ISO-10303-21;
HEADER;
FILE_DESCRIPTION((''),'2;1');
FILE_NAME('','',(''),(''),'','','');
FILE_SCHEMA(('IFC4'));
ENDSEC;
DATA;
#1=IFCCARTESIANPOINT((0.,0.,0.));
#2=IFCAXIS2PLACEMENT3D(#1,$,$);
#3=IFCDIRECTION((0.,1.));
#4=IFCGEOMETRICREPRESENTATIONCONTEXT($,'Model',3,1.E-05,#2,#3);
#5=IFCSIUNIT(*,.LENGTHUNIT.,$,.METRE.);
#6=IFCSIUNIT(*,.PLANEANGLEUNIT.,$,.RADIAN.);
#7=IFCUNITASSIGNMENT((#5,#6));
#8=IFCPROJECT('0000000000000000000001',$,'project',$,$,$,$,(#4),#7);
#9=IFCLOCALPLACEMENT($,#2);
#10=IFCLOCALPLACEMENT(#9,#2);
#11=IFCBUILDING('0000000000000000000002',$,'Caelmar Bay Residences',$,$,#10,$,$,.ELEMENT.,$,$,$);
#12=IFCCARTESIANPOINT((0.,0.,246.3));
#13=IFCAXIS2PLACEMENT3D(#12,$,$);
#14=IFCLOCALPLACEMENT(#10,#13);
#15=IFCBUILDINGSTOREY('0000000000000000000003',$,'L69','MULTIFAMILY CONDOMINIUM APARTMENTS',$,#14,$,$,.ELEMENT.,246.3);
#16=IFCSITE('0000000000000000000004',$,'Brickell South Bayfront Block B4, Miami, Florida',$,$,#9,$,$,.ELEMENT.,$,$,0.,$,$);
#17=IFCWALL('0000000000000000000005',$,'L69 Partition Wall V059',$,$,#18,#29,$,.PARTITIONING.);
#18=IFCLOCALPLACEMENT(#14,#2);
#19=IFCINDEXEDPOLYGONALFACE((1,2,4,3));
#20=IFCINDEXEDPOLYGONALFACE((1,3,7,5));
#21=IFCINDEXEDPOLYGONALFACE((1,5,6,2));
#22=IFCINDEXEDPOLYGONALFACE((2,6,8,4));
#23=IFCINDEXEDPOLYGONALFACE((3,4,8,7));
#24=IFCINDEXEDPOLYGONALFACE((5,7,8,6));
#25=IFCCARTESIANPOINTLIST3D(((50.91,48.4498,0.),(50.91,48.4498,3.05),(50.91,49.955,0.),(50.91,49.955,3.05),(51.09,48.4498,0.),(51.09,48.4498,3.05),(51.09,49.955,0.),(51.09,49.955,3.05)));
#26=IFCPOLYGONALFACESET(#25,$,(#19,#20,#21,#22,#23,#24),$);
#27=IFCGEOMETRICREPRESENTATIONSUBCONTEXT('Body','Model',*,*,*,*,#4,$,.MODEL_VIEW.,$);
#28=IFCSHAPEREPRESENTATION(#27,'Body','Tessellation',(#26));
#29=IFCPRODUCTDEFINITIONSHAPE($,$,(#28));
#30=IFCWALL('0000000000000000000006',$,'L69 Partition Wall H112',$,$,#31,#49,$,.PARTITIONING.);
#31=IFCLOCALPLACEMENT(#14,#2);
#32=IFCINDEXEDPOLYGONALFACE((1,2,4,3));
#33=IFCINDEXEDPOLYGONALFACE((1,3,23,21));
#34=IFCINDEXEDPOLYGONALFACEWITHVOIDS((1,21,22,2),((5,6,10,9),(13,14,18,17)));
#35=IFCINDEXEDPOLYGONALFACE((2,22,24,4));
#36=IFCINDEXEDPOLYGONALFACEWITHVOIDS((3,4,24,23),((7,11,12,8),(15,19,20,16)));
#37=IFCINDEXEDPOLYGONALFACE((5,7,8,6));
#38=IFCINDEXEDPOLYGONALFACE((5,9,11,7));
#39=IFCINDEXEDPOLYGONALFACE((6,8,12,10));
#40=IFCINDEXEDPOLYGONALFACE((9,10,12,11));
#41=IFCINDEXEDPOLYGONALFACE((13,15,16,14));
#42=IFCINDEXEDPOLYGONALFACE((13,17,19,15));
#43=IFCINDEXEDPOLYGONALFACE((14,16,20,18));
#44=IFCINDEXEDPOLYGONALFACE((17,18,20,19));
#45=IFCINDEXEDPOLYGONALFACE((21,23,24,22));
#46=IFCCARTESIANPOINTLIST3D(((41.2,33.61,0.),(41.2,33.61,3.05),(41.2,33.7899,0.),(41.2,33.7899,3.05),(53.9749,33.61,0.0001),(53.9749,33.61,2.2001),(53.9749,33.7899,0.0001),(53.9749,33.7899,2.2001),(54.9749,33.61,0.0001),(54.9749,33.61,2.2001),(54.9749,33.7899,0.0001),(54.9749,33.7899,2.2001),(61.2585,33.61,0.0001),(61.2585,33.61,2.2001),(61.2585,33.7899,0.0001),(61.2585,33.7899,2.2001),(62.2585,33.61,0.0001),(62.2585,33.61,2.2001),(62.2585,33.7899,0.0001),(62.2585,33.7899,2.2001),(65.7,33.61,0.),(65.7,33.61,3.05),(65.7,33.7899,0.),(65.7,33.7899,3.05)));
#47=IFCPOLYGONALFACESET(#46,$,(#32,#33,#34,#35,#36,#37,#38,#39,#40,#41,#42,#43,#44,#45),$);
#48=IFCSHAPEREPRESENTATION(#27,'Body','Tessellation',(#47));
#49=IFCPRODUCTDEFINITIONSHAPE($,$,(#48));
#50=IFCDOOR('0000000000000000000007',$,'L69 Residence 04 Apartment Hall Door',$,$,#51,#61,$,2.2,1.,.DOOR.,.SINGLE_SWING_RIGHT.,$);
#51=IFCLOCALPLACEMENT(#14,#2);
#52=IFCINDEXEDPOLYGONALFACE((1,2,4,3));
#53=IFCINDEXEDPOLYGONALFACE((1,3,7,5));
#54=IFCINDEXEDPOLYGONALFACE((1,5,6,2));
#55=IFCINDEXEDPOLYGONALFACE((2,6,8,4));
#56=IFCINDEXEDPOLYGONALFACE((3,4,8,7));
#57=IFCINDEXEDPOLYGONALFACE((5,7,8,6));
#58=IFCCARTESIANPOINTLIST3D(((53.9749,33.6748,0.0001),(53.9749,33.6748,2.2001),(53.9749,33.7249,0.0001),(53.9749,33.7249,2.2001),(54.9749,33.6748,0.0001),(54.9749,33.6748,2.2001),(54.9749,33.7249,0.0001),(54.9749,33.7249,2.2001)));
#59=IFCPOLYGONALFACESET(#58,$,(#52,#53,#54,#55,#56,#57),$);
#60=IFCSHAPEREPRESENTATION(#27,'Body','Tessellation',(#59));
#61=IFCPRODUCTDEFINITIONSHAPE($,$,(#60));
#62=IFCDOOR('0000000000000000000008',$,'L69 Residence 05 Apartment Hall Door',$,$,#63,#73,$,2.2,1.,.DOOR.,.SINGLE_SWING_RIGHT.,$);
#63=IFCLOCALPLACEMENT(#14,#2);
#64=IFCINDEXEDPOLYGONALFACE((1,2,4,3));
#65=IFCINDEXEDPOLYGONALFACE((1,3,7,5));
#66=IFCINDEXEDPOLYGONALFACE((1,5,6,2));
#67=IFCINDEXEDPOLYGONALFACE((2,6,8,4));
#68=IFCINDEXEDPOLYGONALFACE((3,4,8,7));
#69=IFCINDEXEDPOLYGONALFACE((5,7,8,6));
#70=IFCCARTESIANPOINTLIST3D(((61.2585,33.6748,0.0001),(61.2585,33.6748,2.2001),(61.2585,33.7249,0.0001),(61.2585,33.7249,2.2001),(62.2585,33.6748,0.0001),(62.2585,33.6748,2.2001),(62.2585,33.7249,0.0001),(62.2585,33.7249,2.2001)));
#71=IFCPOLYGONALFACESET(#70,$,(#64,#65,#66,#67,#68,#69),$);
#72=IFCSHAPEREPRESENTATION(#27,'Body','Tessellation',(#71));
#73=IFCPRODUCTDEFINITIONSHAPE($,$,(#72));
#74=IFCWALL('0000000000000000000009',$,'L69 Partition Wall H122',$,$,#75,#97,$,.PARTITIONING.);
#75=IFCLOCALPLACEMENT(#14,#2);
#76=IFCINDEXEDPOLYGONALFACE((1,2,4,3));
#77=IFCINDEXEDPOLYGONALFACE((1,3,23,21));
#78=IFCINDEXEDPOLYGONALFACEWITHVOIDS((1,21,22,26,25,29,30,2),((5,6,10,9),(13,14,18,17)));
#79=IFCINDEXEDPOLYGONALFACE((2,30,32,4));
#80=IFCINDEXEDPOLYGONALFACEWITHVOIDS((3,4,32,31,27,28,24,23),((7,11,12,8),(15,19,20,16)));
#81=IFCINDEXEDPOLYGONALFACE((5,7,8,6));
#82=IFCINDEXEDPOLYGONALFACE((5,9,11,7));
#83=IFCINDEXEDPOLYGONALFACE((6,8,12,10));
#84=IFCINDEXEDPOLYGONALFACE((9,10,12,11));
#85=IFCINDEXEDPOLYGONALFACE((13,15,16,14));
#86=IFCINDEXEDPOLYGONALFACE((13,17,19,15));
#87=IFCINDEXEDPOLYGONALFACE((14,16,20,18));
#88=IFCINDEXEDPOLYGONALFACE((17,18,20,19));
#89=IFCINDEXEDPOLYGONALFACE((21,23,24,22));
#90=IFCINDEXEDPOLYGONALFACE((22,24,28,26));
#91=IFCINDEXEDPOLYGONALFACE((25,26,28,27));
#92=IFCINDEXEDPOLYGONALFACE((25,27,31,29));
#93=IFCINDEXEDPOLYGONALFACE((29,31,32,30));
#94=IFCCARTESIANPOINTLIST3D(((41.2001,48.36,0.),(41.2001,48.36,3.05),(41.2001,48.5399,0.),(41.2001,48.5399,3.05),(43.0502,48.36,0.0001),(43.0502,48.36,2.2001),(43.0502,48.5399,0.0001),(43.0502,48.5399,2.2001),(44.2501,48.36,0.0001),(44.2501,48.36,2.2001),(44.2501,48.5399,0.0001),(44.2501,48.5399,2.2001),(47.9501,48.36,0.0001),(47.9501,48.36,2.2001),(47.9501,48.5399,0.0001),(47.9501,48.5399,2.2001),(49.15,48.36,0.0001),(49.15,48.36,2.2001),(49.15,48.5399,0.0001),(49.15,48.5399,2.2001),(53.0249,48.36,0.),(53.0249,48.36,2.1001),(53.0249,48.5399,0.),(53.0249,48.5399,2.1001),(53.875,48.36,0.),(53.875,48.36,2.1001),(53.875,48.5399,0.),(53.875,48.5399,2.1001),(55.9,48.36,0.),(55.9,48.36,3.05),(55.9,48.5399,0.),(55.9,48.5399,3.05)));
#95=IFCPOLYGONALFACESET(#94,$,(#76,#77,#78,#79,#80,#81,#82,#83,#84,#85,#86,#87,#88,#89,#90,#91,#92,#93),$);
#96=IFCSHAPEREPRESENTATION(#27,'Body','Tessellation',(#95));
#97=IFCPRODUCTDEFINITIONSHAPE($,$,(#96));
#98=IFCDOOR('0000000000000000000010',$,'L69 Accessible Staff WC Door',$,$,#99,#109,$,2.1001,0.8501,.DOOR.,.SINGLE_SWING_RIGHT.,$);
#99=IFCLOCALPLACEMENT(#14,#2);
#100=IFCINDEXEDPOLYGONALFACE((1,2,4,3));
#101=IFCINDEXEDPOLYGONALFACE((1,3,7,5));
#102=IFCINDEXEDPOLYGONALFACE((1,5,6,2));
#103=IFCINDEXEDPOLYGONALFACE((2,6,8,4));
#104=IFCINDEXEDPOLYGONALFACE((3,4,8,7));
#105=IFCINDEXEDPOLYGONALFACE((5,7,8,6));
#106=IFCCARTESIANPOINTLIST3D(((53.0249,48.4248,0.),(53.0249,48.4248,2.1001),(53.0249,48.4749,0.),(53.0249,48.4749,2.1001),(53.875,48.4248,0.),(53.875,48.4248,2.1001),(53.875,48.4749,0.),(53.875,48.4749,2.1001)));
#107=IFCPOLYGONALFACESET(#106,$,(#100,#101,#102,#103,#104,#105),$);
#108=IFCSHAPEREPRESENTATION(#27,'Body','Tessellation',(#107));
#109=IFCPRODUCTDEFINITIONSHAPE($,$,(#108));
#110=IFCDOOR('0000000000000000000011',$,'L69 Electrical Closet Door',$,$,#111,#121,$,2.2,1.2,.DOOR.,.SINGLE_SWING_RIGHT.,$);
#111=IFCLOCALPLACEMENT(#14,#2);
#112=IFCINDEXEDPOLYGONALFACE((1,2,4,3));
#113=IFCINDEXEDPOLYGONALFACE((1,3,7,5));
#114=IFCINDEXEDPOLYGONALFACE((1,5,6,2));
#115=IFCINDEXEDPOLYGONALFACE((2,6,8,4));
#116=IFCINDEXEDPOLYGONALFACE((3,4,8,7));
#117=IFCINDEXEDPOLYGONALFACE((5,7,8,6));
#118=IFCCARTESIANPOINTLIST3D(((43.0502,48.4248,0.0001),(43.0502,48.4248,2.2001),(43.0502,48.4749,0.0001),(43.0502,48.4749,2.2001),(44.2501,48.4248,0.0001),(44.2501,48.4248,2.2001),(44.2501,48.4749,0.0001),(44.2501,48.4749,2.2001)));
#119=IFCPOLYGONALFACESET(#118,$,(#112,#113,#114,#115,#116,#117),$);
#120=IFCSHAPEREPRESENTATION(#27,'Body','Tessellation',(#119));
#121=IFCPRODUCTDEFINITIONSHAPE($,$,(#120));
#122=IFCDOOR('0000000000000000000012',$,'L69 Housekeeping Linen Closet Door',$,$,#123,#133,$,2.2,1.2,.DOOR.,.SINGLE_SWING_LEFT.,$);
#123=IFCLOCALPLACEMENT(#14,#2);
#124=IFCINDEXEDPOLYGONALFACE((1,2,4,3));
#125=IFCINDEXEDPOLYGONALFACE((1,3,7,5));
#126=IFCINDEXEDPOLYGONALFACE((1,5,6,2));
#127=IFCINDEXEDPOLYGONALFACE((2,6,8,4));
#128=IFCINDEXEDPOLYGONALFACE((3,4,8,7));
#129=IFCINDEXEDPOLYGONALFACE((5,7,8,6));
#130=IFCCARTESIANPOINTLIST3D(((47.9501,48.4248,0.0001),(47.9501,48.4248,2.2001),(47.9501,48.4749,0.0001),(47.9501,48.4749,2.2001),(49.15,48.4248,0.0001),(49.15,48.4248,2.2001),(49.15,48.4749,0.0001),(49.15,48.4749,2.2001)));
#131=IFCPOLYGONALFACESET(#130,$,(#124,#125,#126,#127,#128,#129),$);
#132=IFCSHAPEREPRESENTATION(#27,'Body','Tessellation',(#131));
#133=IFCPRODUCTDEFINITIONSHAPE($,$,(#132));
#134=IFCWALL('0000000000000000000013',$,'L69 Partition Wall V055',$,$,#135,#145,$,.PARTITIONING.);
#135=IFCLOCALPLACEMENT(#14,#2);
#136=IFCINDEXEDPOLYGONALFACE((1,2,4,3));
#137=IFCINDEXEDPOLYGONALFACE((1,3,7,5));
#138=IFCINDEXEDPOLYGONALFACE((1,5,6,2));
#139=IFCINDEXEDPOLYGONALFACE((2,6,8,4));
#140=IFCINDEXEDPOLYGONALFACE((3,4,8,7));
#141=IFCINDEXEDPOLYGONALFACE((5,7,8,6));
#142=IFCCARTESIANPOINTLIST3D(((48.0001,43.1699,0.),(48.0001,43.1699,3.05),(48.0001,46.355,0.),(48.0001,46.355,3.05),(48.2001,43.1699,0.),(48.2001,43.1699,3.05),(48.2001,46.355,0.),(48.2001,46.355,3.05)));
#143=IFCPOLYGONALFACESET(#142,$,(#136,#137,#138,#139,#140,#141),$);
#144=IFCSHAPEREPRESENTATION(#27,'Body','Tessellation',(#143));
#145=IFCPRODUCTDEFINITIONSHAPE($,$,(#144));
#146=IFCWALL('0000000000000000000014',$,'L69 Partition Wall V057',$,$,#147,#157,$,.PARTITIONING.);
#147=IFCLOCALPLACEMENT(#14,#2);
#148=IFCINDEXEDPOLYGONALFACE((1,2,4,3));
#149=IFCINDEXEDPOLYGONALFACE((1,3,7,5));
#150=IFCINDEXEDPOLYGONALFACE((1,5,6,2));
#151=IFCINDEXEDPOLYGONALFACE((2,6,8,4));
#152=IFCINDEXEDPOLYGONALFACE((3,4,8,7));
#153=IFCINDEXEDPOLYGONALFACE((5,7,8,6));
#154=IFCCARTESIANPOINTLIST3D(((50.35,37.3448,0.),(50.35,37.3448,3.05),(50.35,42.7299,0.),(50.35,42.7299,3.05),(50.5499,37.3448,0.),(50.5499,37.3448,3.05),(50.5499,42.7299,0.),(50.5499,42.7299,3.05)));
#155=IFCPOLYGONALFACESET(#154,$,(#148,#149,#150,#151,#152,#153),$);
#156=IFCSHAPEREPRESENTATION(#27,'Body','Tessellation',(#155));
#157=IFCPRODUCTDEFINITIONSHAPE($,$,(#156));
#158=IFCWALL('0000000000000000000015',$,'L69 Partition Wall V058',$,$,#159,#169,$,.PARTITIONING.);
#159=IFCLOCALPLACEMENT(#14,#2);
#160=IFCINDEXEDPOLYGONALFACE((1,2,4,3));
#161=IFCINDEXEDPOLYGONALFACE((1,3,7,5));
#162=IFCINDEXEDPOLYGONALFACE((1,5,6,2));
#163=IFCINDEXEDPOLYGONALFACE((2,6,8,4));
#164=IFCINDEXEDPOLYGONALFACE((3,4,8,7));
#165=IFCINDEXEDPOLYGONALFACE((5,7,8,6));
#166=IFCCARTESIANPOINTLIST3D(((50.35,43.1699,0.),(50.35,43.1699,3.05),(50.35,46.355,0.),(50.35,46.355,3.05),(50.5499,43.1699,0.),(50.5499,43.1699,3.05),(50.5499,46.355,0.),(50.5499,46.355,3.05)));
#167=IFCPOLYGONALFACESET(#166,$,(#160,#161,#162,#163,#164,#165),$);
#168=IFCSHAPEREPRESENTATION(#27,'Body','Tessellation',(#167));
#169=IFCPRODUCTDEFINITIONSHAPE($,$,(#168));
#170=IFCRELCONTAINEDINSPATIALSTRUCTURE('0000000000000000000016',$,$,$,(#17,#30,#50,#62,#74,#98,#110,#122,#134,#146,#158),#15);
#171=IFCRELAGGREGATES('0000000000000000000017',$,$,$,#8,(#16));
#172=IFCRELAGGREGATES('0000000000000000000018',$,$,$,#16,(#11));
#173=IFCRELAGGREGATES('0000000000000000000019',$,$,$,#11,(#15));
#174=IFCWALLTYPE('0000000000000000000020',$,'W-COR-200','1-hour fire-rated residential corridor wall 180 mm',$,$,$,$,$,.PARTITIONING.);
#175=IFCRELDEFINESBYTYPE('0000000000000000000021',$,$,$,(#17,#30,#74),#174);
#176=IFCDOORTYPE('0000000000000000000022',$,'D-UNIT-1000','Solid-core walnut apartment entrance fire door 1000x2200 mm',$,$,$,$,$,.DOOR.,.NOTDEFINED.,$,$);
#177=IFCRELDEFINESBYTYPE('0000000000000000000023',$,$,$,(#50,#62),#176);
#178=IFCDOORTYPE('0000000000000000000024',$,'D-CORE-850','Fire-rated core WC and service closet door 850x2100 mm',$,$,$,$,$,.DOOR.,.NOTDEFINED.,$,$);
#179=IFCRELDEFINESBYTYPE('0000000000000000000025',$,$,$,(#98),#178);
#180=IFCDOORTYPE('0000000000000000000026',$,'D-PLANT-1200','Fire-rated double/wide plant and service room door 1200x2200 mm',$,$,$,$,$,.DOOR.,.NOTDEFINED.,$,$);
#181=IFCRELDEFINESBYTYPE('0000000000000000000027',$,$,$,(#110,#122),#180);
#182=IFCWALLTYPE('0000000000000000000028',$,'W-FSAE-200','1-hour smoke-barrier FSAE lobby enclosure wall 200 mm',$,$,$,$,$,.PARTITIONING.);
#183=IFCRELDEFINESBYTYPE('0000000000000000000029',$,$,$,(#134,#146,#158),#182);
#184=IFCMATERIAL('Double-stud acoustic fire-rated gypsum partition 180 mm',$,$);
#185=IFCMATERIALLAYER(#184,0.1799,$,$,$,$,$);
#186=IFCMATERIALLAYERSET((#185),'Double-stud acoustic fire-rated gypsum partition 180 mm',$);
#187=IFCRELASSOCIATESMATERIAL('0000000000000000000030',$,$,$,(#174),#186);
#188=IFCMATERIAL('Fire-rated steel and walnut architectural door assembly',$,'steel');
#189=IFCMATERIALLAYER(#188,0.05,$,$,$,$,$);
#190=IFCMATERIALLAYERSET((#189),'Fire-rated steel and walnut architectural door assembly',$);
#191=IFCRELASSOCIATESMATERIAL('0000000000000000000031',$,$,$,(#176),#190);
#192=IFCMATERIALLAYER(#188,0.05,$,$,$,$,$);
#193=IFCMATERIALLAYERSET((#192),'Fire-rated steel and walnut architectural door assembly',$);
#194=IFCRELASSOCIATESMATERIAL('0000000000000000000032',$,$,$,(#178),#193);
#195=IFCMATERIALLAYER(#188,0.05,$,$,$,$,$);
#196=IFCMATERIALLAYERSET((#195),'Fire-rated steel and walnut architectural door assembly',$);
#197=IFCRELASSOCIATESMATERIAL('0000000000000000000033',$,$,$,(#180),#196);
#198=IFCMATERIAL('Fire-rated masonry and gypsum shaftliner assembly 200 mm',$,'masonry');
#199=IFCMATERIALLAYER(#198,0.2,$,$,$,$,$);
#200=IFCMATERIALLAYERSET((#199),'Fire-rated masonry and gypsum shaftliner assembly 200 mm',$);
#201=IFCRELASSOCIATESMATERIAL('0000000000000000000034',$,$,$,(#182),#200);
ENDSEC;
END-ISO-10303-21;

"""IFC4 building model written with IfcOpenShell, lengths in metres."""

from ifc_helpers import new_model, si_unit, direction, frame, frame_2d, origin, place, context, subcontext, project, spatial, rectangle, extrude, material, layer, layer_set, type_object, element, fill, save


model = new_model("IFC4")

# Units and contexts
model_context = context("Model", 3, precision=1e-05, world=origin(), true_north=direction((0.0, 1.0)))
body_context = subcontext(model_context, "Body", "Model", "MODEL_VIEW")
ifc_project = project(units=[si_unit("LENGTHUNIT", "METRE"), si_unit("PLANEANGLEUNIT", "RADIAN")], contexts=[model_context])

# Site, building, storey
site_placement = place(None, origin())
site = spatial("IfcSite", under=ifc_project, at=site_placement, Name="Brickell South Bayfront Block B4, Miami, Florida", CompositionType="ELEMENT", RefElevation=0.0)
building_placement = place(site_placement, origin())
building = spatial("IfcBuilding", under=site, at=building_placement, Name="Caelmar Bay Residences", CompositionType="ELEMENT")
storey_placement = place(building_placement, frame((0.0, 0.0, 246.3)))
storey = spatial("IfcBuildingStorey", under=building, at=storey_placement, Name="L69", Description="MULTIFAMILY CONDOMINIUM APARTMENTS", CompositionType="ELEMENT", Elevation=246.3)

# Shared definitions
ifc_material_1 = material(Name="Double-stud acoustic fire-rated gypsum partition 180 mm")
ifc_layer_1 = layer(ifc_material_1, 0.1799)
ifc_layer_set_1 = layer_set([ifc_layer_1], Name="Double-stud acoustic fire-rated gypsum partition 180 mm")
wall_type_1 = type_object("IfcWallType", Name="W-COR-200", Description="1-hour fire-rated residential corridor wall 180 mm", PredefinedType="PARTITIONING", material=ifc_layer_set_1)
ifc_material_2 = material(Name="Fire-rated steel and walnut architectural door assembly", Category="steel")
ifc_layer_2 = layer(ifc_material_2, 0.05)
ifc_layer_set_2 = layer_set([ifc_layer_2], Name="Fire-rated steel and walnut architectural door assembly")
door_type_1 = type_object("IfcDoorType", Name="D-UNIT-1000", Description="Solid-core walnut apartment entrance fire door 1000x2200 mm", OperationType="NOTDEFINED", PredefinedType="DOOR", material=ifc_layer_set_2)

# Wall
for number, where, z_axis, x_axis, name in (
    (1, (51.0, 48.45, 0.0), (0.0, 0.0, 1.0), (0.0, 1.0, 0.0), "L69 Partition Wall V059"),
):
    element("IfcWall", number, at=place(storey_placement, frame(where, z_axis=z_axis, x_axis=x_axis)), inside=storey, type_object=wall_type_1, Name=name, PredefinedType="PARTITIONING", context=body_context, shape_type="SweptSolid", body=[
        extrude(rectangle(XDim=1.5051, YDim=0.1799, at=frame_2d((0.7524, 0.0))), origin(), (0.0, 0.0, 1.0), 3.05),
    ])

# Walls, openings, doors
wall_1_placement = place(storey_placement, frame((41.2, 33.7, 0.0), z_axis=(0.0, 0.0, 1.0), x_axis=(1.0, 0.0, 0.0)))
wall_1 = element("IfcWall", 2, at=wall_1_placement, inside=storey, type_object=wall_type_1, Name="L69 Partition Wall H112", PredefinedType="PARTITIONING", context=body_context, shape_type="SweptSolid", body=[
    extrude(rectangle(XDim=24.5, YDim=0.1799, at=frame_2d((12.25, 0.0))), origin(), (0.0, 0.0, 1.0), 3.05),
])
opening_1_placement = place(wall_1_placement, frame((12.7749, 0.0, 0.0)))
opening_1 = element("IfcOpeningElement", 3, at=opening_1_placement, cuts=wall_1, PredefinedType="OPENING", context=body_context, shape_type="SweptSolid", body=[
    extrude(rectangle(XDim=1.0, YDim=2.2, at=frame_2d((0.5, 1.1001))), frame((0.0, 0.0999, 0.0), z_axis=(0.0, -1.0, 0.0), x_axis=(1.0, 0.0, 0.0)), (0.0, 0.0, 1.0), 0.2),
])
opening_2_placement = place(wall_1_placement, frame((20.0586, 0.0, 0.0)))
opening_2 = element("IfcOpeningElement", 4, at=opening_2_placement, cuts=wall_1, PredefinedType="OPENING", context=body_context, shape_type="SweptSolid", body=[
    extrude(rectangle(XDim=1.0, YDim=2.2, at=frame_2d((0.5, 1.1001))), frame((0.0, 0.0999, 0.0), z_axis=(0.0, -1.0, 0.0), x_axis=(1.0, 0.0, 0.0)), (0.0, 0.0, 1.0), 0.2),
])
door_1_placement = place(opening_1_placement, origin())
door_1 = element("IfcDoor", 5, at=door_1_placement, inside=storey, type_object=door_type_1, Name="L69 Residence 04 Apartment Hall Door", OperationType="SINGLE_SWING_RIGHT", OverallHeight=2.2, OverallWidth=1.0, PredefinedType="DOOR", context=body_context, shape_type="SweptSolid", body=[
    extrude(rectangle(XDim=1.0, YDim=2.2, at=frame_2d((0.5, 1.1001))), frame((0.0, 0.0249, 0.0), z_axis=(0.0, -1.0, 0.0), x_axis=(1.0, 0.0, 0.0)), (0.0, 0.0, 1.0), 0.05),
])
fill(opening_1, door_1)
door_2_placement = place(opening_2_placement, origin())
door_2 = element("IfcDoor", 6, at=door_2_placement, inside=storey, type_object=door_type_1, Name="L69 Residence 05 Apartment Hall Door", OperationType="SINGLE_SWING_RIGHT", OverallHeight=2.2, OverallWidth=1.0, PredefinedType="DOOR", context=body_context, shape_type="SweptSolid", body=[
    extrude(rectangle(XDim=1.0, YDim=2.2, at=frame_2d((0.5, 1.1001))), frame((0.0, 0.0249, 0.0), z_axis=(0.0, -1.0, 0.0), x_axis=(1.0, 0.0, 0.0)), (0.0, 0.0, 1.0), 0.05),
])
fill(opening_2, door_2)
wall_2_placement = place(storey_placement, frame((41.2, 48.45, 0.0), z_axis=(0.0, 0.0, 1.0), x_axis=(1.0, 0.0, 0.0)))
wall_2 = element("IfcWall", 7, at=wall_2_placement, inside=storey, type_object=wall_type_1, Name="L69 Partition Wall H122", PredefinedType="PARTITIONING", context=body_context, shape_type="SweptSolid", body=[
    extrude(rectangle(XDim=14.7, YDim=0.1799, at=frame_2d((7.3501, 0.0))), origin(), (0.0, 0.0, 1.0), 3.05),
])
opening_3_placement = place(wall_2_placement, frame((1.8501, 0.0, 0.0)))
opening_3 = element("IfcOpeningElement", 8, at=opening_3_placement, cuts=wall_2, PredefinedType="OPENING", context=body_context, shape_type="SweptSolid", body=[
    extrude(rectangle(XDim=1.2, YDim=2.2, at=frame_2d((0.6001, 1.1001))), frame((0.0, 0.0999, 0.0), z_axis=(0.0, -1.0, 0.0), x_axis=(1.0, 0.0, 0.0)), (0.0, 0.0, 1.0), 0.2),
])
opening_4_placement = place(wall_2_placement, frame((6.75, 0.0, 0.0)))
opening_4 = element("IfcOpeningElement", 9, at=opening_4_placement, cuts=wall_2, PredefinedType="OPENING", context=body_context, shape_type="SweptSolid", body=[
    extrude(rectangle(XDim=1.2, YDim=2.2, at=frame_2d((0.6001, 1.1001))), frame((0.0, 0.0999, 0.0), z_axis=(0.0, -1.0, 0.0), x_axis=(1.0, 0.0, 0.0)), (0.0, 0.0, 1.0), 0.2),
])
opening_5_placement = place(wall_2_placement, frame((11.825, 0.0, 0.0)))
opening_5 = element("IfcOpeningElement", 10, at=opening_5_placement, cuts=wall_2, PredefinedType="OPENING", context=body_context, shape_type="SweptSolid", body=[
    extrude(rectangle(XDim=0.8501, YDim=2.1001, at=frame_2d((0.425, 1.05))), frame((0.0, 0.0999, 0.0), z_axis=(0.0, -1.0, 0.0), x_axis=(1.0, 0.0, 0.0)), (0.0, 0.0, 1.0), 0.2),
])
ifc_layer_3 = layer(ifc_material_2, 0.05)
ifc_layer_set_3 = layer_set([ifc_layer_3], Name="Fire-rated steel and walnut architectural door assembly")
door_type_2 = type_object("IfcDoorType", Name="D-CORE-850", Description="Fire-rated core WC and service closet door 850x2100 mm", OperationType="NOTDEFINED", PredefinedType="DOOR", material=ifc_layer_set_3)
door_3_placement = place(opening_5_placement, origin())
door_3 = element("IfcDoor", 11, at=door_3_placement, inside=storey, type_object=door_type_2, Name="L69 Accessible Staff WC Door", OperationType="SINGLE_SWING_RIGHT", OverallHeight=2.1001, OverallWidth=0.8501, PredefinedType="DOOR", context=body_context, shape_type="SweptSolid", body=[
    extrude(rectangle(XDim=0.8501, YDim=2.1001, at=frame_2d((0.425, 1.05))), frame((0.0, 0.0249, 0.0), z_axis=(0.0, -1.0, 0.0), x_axis=(1.0, 0.0, 0.0)), (0.0, 0.0, 1.0), 0.05),
])
fill(opening_5, door_3)
ifc_layer_4 = layer(ifc_material_2, 0.05)
ifc_layer_set_4 = layer_set([ifc_layer_4], Name="Fire-rated steel and walnut architectural door assembly")
door_type_3 = type_object("IfcDoorType", Name="D-PLANT-1200", Description="Fire-rated double/wide plant and service room door 1200x2200 mm", OperationType="NOTDEFINED", PredefinedType="DOOR", material=ifc_layer_set_4)
door_4_placement = place(opening_3_placement, origin())
door_4 = element("IfcDoor", 12, at=door_4_placement, inside=storey, type_object=door_type_3, Name="L69 Electrical Closet Door", OperationType="SINGLE_SWING_RIGHT", OverallHeight=2.2, OverallWidth=1.2, PredefinedType="DOOR", context=body_context, shape_type="SweptSolid", body=[
    extrude(rectangle(XDim=1.2, YDim=2.2, at=frame_2d((0.6001, 1.1001))), frame((0.0, 0.0249, 0.0), z_axis=(0.0, -1.0, 0.0), x_axis=(1.0, 0.0, 0.0)), (0.0, 0.0, 1.0), 0.05),
])
fill(opening_3, door_4)
door_5_placement = place(opening_4_placement, origin())
door_5 = element("IfcDoor", 13, at=door_5_placement, inside=storey, type_object=door_type_3, Name="L69 Housekeeping Linen Closet Door", OperationType="SINGLE_SWING_LEFT", OverallHeight=2.2, OverallWidth=1.2, PredefinedType="DOOR", context=body_context, shape_type="SweptSolid", body=[
    extrude(rectangle(XDim=1.2, YDim=2.2, at=frame_2d((0.6001, 1.1001))), frame((0.0, 0.0249, 0.0), z_axis=(0.0, -1.0, 0.0), x_axis=(1.0, 0.0, 0.0)), (0.0, 0.0, 1.0), 0.05),
])
fill(opening_4, door_5)

# Walls
ifc_material_3 = material(Name="Fire-rated masonry and gypsum shaftliner assembly 200 mm", Category="masonry")
ifc_layer_5 = layer(ifc_material_3, 0.2)
ifc_layer_set_5 = layer_set([ifc_layer_5], Name="Fire-rated masonry and gypsum shaftliner assembly 200 mm")
wall_type_2 = type_object("IfcWallType", Name="W-FSAE-200", Description="1-hour smoke-barrier FSAE lobby enclosure wall 200 mm", PredefinedType="PARTITIONING", material=ifc_layer_set_5)
wall_3_placement = place(storey_placement, frame((48.1001, 43.1699, 0.0), z_axis=(0.0, 0.0, 1.0), x_axis=(0.0, 1.0, 0.0)))
element("IfcWall", 14, at=wall_3_placement, inside=storey, type_object=wall_type_2, Name="L69 Partition Wall V055", PredefinedType="PARTITIONING", context=body_context, shape_type="SweptSolid", body=[
    extrude(rectangle(XDim=3.1851, YDim=0.2, at=frame_2d((1.5925, 0.0))), origin(), (0.0, 0.0, 1.0), 3.05),
])
wall_4_placement = place(storey_placement, frame((50.45, 37.345, 0.0), z_axis=(0.0, 0.0, 1.0), x_axis=(0.0, 1.0, 0.0)))
element("IfcWall", 15, at=wall_4_placement, inside=storey, type_object=wall_type_2, Name="L69 Partition Wall V057", PredefinedType="PARTITIONING", context=body_context, shape_type="SweptSolid", body=[
    extrude(rectangle(XDim=5.385, YDim=0.2, at=frame_2d((2.6924, 0.0))), origin(), (0.0, 0.0, 1.0), 3.05),
])
wall_5_placement = place(storey_placement, frame((50.45, 43.1699, 0.0), z_axis=(0.0, 0.0, 1.0), x_axis=(0.0, 1.0, 0.0)))
element("IfcWall", 16, at=wall_5_placement, inside=storey, type_object=wall_type_2, Name="L69 Partition Wall V058", PredefinedType="PARTITIONING", context=body_context, shape_type="SweptSolid", body=[
    extrude(rectangle(XDim=3.1851, YDim=0.2, at=frame_2d((1.5925, 0.0))), origin(), (0.0, 0.0, 1.0), 3.05),
])

save(model, "model.ifc")
